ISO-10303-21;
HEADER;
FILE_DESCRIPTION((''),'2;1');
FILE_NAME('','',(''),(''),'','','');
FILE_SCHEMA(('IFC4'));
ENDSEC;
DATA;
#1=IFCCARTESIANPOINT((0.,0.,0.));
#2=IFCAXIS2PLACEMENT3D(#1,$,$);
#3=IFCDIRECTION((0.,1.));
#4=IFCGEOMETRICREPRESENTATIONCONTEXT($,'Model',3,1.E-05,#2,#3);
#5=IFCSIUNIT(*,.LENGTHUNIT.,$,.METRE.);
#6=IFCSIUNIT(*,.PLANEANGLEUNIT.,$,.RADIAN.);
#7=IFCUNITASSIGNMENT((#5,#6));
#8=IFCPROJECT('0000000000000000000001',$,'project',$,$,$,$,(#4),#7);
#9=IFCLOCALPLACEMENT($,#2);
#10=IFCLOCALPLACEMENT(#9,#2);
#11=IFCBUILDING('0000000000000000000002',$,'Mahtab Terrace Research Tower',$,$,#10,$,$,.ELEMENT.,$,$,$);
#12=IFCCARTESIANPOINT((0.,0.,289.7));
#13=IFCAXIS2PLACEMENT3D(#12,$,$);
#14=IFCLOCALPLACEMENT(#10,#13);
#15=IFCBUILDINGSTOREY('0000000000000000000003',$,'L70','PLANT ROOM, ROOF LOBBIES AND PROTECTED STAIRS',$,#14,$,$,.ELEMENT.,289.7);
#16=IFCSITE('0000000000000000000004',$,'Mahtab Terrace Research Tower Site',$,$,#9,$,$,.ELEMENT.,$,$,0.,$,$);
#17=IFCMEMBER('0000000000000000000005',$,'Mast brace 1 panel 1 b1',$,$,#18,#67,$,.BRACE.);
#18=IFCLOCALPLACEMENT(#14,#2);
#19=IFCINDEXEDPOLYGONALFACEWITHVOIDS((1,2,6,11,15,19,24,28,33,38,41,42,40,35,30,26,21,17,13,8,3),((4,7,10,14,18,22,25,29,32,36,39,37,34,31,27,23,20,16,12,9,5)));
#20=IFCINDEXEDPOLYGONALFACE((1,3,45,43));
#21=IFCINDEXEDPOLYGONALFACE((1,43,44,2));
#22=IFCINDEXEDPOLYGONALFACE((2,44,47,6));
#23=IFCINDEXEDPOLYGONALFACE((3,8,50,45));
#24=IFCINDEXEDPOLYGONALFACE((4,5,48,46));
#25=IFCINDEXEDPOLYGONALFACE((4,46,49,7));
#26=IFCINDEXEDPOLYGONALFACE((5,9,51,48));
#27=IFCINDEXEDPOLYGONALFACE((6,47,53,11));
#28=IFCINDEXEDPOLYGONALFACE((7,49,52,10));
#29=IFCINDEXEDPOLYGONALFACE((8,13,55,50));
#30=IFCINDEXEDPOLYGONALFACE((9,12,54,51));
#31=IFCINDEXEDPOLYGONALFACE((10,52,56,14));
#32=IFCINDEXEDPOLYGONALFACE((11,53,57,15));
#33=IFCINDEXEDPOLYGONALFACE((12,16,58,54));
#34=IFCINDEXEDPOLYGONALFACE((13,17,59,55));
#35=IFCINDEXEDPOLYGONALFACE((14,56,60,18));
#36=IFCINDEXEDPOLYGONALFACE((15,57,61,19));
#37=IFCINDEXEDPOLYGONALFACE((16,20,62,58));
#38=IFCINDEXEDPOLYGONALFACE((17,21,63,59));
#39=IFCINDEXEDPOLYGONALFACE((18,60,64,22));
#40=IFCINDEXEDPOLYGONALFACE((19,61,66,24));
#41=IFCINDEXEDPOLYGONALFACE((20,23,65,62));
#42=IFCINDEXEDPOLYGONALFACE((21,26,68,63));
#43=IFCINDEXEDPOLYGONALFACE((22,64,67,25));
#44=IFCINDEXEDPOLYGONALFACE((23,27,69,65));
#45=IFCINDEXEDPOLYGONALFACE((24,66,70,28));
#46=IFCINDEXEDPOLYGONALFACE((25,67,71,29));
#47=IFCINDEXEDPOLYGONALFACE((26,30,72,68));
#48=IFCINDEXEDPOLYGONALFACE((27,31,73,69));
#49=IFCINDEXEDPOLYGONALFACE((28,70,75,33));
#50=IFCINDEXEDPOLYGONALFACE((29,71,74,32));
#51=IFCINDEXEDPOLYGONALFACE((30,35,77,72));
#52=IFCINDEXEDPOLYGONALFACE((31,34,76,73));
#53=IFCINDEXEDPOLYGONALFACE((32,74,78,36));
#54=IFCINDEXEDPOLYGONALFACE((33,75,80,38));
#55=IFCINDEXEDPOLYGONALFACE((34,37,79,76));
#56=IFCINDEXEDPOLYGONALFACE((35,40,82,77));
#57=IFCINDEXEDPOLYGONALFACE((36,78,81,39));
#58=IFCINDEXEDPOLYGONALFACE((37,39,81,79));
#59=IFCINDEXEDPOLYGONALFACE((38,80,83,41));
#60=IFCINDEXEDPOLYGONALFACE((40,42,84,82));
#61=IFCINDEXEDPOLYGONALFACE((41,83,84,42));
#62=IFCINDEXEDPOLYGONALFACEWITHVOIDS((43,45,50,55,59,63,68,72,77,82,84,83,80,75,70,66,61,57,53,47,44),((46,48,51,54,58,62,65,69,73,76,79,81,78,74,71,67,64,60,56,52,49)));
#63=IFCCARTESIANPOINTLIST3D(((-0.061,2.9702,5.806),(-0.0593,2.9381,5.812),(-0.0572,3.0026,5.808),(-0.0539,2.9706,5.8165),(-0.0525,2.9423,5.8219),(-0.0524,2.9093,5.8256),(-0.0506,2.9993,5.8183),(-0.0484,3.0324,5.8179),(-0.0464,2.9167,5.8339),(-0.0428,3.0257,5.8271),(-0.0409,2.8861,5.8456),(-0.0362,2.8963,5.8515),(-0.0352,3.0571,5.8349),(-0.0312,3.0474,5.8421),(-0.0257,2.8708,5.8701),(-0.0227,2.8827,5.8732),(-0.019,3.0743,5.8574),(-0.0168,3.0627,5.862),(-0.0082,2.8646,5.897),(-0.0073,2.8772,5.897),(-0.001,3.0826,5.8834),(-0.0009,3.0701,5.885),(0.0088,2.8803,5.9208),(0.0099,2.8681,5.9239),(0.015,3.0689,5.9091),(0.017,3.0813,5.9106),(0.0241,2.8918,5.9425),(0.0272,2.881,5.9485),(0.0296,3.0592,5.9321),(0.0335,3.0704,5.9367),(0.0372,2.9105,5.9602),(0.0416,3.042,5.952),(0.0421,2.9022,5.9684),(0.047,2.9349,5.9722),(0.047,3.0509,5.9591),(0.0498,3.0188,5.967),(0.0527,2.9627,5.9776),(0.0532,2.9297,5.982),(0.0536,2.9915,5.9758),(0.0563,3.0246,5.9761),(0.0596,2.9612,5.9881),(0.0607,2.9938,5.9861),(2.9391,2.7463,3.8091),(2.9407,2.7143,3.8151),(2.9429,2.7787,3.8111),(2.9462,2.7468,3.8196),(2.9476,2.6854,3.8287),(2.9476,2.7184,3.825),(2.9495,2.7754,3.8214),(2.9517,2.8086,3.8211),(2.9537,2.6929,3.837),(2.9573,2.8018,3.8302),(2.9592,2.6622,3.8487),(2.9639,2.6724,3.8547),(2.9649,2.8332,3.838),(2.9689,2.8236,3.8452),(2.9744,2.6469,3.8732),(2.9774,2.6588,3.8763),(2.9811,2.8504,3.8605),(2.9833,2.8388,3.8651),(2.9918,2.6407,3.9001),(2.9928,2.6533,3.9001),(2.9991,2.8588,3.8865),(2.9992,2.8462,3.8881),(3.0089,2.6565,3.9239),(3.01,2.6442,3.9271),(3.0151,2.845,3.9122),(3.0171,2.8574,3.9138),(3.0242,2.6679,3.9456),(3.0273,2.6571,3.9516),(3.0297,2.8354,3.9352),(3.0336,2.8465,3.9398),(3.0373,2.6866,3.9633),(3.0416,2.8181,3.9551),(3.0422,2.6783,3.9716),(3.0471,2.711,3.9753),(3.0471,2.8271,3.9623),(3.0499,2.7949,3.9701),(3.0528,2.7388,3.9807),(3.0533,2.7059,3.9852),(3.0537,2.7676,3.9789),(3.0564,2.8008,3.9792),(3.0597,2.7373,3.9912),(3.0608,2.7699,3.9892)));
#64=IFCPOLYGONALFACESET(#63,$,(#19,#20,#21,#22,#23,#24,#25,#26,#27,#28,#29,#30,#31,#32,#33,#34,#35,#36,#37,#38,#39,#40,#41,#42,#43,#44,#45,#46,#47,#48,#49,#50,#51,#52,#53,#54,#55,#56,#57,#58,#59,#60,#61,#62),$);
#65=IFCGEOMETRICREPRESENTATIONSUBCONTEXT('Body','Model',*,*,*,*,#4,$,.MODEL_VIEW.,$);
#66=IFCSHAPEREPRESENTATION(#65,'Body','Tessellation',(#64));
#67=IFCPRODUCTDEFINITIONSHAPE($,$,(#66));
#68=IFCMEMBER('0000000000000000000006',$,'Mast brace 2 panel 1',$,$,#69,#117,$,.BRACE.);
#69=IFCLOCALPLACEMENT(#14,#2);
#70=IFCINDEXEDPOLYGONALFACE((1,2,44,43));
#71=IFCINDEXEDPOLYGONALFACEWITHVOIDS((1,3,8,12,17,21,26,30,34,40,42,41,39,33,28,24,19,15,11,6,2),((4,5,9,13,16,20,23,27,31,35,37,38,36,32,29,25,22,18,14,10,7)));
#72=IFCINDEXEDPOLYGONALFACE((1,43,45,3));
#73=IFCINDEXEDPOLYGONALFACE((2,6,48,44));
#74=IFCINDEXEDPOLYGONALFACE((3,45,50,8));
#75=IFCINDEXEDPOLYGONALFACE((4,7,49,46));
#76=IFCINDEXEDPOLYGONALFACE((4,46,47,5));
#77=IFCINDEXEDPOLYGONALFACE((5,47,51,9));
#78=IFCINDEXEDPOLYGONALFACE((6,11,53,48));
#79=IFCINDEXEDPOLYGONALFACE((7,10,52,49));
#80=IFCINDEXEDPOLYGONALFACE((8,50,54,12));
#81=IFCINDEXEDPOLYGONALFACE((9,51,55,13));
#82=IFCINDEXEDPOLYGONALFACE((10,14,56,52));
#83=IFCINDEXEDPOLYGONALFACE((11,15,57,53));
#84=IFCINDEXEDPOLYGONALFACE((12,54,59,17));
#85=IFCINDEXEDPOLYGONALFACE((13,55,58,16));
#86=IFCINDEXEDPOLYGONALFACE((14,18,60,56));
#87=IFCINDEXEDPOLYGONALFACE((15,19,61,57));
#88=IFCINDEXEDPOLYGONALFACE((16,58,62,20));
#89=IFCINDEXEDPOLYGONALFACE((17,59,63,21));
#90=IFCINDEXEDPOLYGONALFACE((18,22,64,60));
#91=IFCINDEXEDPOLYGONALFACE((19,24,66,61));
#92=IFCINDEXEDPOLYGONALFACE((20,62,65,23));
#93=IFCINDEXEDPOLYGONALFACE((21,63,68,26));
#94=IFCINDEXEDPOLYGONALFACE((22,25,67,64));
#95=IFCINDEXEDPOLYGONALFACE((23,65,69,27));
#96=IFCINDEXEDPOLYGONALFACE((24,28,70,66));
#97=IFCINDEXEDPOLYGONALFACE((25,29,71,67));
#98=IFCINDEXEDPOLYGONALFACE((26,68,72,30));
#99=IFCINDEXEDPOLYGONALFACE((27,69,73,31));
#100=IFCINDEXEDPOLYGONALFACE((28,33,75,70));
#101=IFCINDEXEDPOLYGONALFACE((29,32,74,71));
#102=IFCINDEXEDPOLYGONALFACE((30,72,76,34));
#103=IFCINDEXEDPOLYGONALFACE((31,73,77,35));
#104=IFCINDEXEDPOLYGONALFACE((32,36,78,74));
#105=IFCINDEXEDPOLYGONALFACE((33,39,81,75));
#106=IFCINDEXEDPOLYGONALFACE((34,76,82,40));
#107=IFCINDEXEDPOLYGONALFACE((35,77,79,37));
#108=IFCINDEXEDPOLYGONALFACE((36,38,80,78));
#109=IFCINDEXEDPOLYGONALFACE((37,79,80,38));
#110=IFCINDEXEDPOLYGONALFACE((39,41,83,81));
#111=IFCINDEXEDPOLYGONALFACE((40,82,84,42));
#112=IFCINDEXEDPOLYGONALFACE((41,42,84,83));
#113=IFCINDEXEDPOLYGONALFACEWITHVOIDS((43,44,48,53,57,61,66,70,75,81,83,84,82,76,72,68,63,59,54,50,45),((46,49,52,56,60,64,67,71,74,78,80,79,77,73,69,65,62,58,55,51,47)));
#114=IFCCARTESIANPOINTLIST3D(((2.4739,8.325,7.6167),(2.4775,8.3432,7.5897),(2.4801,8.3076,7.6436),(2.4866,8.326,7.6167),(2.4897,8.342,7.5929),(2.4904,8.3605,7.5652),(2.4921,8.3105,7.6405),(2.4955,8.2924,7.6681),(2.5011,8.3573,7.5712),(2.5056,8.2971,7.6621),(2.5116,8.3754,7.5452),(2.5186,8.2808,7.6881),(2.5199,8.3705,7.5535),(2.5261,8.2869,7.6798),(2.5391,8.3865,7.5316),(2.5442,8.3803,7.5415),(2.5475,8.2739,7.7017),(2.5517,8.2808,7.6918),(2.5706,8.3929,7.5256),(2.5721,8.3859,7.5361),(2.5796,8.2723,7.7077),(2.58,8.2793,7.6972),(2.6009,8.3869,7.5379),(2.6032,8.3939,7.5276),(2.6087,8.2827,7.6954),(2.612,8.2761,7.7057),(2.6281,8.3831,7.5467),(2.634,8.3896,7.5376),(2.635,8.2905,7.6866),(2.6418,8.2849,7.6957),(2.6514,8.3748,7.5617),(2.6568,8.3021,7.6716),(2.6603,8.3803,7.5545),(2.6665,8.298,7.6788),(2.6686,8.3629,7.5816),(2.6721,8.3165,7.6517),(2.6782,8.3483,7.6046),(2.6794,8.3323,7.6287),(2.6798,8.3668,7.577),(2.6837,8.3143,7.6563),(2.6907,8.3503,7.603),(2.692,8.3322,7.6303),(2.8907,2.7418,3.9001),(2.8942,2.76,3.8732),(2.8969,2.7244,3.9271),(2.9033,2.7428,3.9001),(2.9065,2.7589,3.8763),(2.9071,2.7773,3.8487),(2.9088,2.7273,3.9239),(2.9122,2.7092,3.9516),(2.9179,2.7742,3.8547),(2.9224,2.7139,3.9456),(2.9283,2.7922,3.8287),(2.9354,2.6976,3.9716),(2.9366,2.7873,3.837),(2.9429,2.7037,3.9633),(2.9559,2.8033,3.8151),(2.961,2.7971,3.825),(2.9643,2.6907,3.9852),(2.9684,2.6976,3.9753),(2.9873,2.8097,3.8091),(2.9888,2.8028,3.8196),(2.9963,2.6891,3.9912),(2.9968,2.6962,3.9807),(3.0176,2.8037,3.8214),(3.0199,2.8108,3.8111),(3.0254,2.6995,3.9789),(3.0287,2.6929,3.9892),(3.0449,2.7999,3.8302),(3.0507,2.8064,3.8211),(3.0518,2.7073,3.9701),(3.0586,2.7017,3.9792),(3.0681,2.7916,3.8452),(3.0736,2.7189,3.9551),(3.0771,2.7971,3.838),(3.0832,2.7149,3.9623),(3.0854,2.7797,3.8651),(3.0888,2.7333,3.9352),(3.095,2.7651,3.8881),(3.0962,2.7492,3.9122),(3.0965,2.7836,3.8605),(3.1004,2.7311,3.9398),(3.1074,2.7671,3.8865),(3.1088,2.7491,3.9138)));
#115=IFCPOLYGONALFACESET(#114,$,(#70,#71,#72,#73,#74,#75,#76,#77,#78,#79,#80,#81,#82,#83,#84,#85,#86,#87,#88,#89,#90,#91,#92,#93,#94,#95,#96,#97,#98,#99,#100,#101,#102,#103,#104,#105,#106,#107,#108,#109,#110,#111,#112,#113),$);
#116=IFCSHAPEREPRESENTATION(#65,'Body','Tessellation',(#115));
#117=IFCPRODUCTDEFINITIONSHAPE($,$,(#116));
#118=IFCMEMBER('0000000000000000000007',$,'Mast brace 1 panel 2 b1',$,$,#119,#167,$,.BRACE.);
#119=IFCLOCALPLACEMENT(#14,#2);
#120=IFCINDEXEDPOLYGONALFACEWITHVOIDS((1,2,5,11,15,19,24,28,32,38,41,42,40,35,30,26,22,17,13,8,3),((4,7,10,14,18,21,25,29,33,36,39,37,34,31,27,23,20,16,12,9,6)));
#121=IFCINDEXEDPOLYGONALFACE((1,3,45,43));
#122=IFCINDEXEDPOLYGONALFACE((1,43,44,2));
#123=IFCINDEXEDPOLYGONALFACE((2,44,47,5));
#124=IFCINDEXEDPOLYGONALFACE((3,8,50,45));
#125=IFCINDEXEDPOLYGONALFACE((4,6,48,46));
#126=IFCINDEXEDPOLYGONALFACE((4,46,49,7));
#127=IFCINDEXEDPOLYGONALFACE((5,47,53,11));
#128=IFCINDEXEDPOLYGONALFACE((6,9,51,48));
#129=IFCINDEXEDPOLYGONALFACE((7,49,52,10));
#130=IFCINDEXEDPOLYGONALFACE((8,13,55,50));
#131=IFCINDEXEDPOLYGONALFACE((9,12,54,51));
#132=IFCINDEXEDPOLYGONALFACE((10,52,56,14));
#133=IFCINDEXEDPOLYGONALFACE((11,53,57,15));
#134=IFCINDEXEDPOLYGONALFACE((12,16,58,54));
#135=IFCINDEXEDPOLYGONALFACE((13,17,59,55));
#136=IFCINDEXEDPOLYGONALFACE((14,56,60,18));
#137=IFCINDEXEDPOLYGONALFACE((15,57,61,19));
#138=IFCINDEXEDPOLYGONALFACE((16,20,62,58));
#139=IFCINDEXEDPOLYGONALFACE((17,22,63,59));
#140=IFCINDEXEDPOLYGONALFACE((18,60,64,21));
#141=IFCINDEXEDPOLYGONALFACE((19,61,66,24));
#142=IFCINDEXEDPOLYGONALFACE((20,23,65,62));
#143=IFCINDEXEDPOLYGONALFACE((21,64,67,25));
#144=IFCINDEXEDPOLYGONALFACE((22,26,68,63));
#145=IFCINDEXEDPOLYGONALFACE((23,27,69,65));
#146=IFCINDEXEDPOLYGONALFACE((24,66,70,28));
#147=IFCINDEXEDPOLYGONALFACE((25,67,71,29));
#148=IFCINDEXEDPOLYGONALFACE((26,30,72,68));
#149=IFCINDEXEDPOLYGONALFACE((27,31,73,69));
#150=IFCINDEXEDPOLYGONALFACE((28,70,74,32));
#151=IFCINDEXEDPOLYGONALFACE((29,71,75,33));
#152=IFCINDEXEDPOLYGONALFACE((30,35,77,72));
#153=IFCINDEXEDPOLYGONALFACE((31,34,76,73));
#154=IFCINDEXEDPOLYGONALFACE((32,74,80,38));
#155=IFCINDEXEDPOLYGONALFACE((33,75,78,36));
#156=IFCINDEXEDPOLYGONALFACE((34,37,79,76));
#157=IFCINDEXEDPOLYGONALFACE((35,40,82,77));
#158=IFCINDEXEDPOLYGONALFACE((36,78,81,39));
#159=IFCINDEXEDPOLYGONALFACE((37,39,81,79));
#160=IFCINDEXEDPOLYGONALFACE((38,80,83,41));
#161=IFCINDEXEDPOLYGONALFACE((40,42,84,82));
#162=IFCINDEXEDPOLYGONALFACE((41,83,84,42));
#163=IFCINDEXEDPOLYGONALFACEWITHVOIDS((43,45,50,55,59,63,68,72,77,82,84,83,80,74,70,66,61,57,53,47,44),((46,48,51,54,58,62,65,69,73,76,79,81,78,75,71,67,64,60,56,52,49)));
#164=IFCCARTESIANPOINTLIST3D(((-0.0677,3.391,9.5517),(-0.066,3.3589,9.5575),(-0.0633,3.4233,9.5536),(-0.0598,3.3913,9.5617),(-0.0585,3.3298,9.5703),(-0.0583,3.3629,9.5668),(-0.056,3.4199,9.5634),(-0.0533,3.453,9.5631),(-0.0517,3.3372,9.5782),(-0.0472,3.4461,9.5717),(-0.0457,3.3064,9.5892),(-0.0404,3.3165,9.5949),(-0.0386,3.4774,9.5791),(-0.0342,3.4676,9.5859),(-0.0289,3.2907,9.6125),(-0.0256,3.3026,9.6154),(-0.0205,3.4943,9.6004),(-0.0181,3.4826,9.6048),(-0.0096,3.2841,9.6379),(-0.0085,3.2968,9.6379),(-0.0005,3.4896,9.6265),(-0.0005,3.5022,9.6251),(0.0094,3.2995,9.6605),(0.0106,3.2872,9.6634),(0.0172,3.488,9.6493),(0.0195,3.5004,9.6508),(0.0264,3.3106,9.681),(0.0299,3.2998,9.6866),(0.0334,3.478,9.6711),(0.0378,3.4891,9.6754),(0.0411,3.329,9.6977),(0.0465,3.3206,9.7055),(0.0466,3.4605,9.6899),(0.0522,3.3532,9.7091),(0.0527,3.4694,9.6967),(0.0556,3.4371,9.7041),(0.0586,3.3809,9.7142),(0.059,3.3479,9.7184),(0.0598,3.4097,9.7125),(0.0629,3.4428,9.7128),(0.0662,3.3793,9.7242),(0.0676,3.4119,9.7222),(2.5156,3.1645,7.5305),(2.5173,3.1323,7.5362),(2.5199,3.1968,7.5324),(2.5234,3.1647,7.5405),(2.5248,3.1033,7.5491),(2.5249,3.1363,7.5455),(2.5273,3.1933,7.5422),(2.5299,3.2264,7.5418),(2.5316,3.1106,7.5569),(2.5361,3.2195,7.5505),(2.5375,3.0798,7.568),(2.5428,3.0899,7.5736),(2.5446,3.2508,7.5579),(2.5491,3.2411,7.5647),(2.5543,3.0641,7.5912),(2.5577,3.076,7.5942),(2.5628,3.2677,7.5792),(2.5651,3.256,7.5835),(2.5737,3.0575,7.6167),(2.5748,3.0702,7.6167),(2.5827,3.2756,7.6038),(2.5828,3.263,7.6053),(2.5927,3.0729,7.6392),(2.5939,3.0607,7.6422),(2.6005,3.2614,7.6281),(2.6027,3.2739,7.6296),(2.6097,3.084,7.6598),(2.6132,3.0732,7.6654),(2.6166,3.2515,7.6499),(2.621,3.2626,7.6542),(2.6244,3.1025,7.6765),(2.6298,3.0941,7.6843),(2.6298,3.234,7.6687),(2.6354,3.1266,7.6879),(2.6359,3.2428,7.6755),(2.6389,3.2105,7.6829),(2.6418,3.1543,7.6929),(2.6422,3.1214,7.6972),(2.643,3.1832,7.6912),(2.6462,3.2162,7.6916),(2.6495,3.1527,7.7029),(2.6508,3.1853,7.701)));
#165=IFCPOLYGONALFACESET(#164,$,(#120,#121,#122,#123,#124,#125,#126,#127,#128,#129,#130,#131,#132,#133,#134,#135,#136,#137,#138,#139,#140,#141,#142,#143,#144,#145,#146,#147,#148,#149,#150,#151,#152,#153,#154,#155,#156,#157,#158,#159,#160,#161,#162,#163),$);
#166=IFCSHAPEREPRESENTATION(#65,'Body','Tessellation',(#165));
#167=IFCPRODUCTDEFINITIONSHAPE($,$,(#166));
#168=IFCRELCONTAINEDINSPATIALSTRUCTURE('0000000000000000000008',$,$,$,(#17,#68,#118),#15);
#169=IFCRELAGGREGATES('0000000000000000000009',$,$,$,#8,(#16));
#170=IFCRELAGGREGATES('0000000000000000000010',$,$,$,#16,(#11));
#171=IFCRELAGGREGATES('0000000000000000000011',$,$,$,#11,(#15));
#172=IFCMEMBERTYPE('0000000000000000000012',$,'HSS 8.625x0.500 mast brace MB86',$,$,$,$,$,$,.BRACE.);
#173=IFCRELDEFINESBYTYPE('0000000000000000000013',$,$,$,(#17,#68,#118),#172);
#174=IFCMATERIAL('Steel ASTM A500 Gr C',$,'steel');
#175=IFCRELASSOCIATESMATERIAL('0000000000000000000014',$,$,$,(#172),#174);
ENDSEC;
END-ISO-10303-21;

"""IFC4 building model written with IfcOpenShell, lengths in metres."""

from ifc_helpers import new_model, si_unit, direction, frame, origin, origin_2d, place, context, subcontext, project, spatial, hollow_circle, extrude, material, material_profile, profile_set, type_object, element, save


model = new_model("IFC4")

# Units and contexts
model_context = context("Model", 3, precision=1e-05, world=origin(), true_north=direction((0.0, 1.0)))
body_context = subcontext(model_context, "Body", "Model", "MODEL_VIEW")
ifc_project = project(units=[si_unit("LENGTHUNIT", "METRE"), si_unit("PLANEANGLEUNIT", "RADIAN")], contexts=[model_context])

# Site, building, storey
site_placement = place(None, origin())
site = spatial("IfcSite", under=ifc_project, at=site_placement, Name="Mahtab Terrace Research Tower Site", CompositionType="ELEMENT", RefElevation=0.0)
building_placement = place(site_placement, origin())
building = spatial("IfcBuilding", under=site, at=building_placement, Name="Mahtab Terrace Research Tower", CompositionType="ELEMENT")
storey_placement = place(building_placement, frame((0.0, 0.0, 289.7)))
storey = spatial("IfcBuildingStorey", under=building, at=storey_placement, Name="L70", Description="PLANT ROOM, ROOF LOBBIES AND PROTECTED STAIRS", CompositionType="ELEMENT", Elevation=289.7)

# Members
ifc_material_1 = material(Name="Steel ASTM A500 Gr C", Category="steel")
ifc_material_profile_1 = material_profile(ifc_material_1, hollow_circle(Radius=0.1096, WallThickness=0.0127, at=origin_2d()), Name="HSS8.625X0.500")
ifc_profile_set_1 = profile_set([ifc_material_profile_1], Name="Steel ASTM A500 Gr C")
member_type_1 = type_object("IfcMemberType", Name="HSS 8.625x0.500 mast brace MB86", PredefinedType="BRACE", material=ifc_profile_set_1)
member_1_placement = place(storey_placement, frame((3.0, 2.75, 3.9001), z_axis=(-0.830855, 0.062003, 0.553024), x_axis=(-0.074419, -0.997227, 0.0)))
element("IfcMember", 1, at=member_1_placement, inside=storey, type_object=member_type_1, Name="Mast brace 1 panel 1 b1", PredefinedType="BRACE", context=body_context, shape_type="SweptSolid", body=[
    extrude(hollow_circle(Radius=0.1096, WallThickness=0.0127, at=origin_2d()), origin(), (0.0, 0.0, 1.0), 3.6108),
])
member_2_placement = place(storey_placement, frame((3.0, 2.75, 3.9001), z_axis=(-0.062016, 0.830834, 0.553054), x_axis=(-0.997226, -0.074435, 0.0)))
element("IfcMember", 2, at=member_2_placement, inside=storey, type_object=member_type_1, Name="Mast brace 2 panel 1", PredefinedType="BRACE", context=body_context, shape_type="SweptSolid", body=[
    extrude(hollow_circle(Radius=0.1096, WallThickness=0.0127, at=origin_2d()), origin(), (0.0, 0.0, 1.0), 6.72),
])
member_3_placement = place(storey_placement, frame((2.5833, 3.1667, 7.6167), z_axis=(-0.785697, 0.068909, 0.614761), x_axis=(-0.087369, -0.996176, 0.0)))
element("IfcMember", 3, at=member_3_placement, inside=storey, type_object=member_type_1, Name="Mast brace 1 panel 2 b1", PredefinedType="BRACE", context=body_context, shape_type="SweptSolid", body=[
    extrude(hollow_circle(Radius=0.1096, WallThickness=0.0127, at=origin_2d()), origin(), (0.0, 0.0, 1.0), 3.2878),
])

save(model, "model.ifc")
